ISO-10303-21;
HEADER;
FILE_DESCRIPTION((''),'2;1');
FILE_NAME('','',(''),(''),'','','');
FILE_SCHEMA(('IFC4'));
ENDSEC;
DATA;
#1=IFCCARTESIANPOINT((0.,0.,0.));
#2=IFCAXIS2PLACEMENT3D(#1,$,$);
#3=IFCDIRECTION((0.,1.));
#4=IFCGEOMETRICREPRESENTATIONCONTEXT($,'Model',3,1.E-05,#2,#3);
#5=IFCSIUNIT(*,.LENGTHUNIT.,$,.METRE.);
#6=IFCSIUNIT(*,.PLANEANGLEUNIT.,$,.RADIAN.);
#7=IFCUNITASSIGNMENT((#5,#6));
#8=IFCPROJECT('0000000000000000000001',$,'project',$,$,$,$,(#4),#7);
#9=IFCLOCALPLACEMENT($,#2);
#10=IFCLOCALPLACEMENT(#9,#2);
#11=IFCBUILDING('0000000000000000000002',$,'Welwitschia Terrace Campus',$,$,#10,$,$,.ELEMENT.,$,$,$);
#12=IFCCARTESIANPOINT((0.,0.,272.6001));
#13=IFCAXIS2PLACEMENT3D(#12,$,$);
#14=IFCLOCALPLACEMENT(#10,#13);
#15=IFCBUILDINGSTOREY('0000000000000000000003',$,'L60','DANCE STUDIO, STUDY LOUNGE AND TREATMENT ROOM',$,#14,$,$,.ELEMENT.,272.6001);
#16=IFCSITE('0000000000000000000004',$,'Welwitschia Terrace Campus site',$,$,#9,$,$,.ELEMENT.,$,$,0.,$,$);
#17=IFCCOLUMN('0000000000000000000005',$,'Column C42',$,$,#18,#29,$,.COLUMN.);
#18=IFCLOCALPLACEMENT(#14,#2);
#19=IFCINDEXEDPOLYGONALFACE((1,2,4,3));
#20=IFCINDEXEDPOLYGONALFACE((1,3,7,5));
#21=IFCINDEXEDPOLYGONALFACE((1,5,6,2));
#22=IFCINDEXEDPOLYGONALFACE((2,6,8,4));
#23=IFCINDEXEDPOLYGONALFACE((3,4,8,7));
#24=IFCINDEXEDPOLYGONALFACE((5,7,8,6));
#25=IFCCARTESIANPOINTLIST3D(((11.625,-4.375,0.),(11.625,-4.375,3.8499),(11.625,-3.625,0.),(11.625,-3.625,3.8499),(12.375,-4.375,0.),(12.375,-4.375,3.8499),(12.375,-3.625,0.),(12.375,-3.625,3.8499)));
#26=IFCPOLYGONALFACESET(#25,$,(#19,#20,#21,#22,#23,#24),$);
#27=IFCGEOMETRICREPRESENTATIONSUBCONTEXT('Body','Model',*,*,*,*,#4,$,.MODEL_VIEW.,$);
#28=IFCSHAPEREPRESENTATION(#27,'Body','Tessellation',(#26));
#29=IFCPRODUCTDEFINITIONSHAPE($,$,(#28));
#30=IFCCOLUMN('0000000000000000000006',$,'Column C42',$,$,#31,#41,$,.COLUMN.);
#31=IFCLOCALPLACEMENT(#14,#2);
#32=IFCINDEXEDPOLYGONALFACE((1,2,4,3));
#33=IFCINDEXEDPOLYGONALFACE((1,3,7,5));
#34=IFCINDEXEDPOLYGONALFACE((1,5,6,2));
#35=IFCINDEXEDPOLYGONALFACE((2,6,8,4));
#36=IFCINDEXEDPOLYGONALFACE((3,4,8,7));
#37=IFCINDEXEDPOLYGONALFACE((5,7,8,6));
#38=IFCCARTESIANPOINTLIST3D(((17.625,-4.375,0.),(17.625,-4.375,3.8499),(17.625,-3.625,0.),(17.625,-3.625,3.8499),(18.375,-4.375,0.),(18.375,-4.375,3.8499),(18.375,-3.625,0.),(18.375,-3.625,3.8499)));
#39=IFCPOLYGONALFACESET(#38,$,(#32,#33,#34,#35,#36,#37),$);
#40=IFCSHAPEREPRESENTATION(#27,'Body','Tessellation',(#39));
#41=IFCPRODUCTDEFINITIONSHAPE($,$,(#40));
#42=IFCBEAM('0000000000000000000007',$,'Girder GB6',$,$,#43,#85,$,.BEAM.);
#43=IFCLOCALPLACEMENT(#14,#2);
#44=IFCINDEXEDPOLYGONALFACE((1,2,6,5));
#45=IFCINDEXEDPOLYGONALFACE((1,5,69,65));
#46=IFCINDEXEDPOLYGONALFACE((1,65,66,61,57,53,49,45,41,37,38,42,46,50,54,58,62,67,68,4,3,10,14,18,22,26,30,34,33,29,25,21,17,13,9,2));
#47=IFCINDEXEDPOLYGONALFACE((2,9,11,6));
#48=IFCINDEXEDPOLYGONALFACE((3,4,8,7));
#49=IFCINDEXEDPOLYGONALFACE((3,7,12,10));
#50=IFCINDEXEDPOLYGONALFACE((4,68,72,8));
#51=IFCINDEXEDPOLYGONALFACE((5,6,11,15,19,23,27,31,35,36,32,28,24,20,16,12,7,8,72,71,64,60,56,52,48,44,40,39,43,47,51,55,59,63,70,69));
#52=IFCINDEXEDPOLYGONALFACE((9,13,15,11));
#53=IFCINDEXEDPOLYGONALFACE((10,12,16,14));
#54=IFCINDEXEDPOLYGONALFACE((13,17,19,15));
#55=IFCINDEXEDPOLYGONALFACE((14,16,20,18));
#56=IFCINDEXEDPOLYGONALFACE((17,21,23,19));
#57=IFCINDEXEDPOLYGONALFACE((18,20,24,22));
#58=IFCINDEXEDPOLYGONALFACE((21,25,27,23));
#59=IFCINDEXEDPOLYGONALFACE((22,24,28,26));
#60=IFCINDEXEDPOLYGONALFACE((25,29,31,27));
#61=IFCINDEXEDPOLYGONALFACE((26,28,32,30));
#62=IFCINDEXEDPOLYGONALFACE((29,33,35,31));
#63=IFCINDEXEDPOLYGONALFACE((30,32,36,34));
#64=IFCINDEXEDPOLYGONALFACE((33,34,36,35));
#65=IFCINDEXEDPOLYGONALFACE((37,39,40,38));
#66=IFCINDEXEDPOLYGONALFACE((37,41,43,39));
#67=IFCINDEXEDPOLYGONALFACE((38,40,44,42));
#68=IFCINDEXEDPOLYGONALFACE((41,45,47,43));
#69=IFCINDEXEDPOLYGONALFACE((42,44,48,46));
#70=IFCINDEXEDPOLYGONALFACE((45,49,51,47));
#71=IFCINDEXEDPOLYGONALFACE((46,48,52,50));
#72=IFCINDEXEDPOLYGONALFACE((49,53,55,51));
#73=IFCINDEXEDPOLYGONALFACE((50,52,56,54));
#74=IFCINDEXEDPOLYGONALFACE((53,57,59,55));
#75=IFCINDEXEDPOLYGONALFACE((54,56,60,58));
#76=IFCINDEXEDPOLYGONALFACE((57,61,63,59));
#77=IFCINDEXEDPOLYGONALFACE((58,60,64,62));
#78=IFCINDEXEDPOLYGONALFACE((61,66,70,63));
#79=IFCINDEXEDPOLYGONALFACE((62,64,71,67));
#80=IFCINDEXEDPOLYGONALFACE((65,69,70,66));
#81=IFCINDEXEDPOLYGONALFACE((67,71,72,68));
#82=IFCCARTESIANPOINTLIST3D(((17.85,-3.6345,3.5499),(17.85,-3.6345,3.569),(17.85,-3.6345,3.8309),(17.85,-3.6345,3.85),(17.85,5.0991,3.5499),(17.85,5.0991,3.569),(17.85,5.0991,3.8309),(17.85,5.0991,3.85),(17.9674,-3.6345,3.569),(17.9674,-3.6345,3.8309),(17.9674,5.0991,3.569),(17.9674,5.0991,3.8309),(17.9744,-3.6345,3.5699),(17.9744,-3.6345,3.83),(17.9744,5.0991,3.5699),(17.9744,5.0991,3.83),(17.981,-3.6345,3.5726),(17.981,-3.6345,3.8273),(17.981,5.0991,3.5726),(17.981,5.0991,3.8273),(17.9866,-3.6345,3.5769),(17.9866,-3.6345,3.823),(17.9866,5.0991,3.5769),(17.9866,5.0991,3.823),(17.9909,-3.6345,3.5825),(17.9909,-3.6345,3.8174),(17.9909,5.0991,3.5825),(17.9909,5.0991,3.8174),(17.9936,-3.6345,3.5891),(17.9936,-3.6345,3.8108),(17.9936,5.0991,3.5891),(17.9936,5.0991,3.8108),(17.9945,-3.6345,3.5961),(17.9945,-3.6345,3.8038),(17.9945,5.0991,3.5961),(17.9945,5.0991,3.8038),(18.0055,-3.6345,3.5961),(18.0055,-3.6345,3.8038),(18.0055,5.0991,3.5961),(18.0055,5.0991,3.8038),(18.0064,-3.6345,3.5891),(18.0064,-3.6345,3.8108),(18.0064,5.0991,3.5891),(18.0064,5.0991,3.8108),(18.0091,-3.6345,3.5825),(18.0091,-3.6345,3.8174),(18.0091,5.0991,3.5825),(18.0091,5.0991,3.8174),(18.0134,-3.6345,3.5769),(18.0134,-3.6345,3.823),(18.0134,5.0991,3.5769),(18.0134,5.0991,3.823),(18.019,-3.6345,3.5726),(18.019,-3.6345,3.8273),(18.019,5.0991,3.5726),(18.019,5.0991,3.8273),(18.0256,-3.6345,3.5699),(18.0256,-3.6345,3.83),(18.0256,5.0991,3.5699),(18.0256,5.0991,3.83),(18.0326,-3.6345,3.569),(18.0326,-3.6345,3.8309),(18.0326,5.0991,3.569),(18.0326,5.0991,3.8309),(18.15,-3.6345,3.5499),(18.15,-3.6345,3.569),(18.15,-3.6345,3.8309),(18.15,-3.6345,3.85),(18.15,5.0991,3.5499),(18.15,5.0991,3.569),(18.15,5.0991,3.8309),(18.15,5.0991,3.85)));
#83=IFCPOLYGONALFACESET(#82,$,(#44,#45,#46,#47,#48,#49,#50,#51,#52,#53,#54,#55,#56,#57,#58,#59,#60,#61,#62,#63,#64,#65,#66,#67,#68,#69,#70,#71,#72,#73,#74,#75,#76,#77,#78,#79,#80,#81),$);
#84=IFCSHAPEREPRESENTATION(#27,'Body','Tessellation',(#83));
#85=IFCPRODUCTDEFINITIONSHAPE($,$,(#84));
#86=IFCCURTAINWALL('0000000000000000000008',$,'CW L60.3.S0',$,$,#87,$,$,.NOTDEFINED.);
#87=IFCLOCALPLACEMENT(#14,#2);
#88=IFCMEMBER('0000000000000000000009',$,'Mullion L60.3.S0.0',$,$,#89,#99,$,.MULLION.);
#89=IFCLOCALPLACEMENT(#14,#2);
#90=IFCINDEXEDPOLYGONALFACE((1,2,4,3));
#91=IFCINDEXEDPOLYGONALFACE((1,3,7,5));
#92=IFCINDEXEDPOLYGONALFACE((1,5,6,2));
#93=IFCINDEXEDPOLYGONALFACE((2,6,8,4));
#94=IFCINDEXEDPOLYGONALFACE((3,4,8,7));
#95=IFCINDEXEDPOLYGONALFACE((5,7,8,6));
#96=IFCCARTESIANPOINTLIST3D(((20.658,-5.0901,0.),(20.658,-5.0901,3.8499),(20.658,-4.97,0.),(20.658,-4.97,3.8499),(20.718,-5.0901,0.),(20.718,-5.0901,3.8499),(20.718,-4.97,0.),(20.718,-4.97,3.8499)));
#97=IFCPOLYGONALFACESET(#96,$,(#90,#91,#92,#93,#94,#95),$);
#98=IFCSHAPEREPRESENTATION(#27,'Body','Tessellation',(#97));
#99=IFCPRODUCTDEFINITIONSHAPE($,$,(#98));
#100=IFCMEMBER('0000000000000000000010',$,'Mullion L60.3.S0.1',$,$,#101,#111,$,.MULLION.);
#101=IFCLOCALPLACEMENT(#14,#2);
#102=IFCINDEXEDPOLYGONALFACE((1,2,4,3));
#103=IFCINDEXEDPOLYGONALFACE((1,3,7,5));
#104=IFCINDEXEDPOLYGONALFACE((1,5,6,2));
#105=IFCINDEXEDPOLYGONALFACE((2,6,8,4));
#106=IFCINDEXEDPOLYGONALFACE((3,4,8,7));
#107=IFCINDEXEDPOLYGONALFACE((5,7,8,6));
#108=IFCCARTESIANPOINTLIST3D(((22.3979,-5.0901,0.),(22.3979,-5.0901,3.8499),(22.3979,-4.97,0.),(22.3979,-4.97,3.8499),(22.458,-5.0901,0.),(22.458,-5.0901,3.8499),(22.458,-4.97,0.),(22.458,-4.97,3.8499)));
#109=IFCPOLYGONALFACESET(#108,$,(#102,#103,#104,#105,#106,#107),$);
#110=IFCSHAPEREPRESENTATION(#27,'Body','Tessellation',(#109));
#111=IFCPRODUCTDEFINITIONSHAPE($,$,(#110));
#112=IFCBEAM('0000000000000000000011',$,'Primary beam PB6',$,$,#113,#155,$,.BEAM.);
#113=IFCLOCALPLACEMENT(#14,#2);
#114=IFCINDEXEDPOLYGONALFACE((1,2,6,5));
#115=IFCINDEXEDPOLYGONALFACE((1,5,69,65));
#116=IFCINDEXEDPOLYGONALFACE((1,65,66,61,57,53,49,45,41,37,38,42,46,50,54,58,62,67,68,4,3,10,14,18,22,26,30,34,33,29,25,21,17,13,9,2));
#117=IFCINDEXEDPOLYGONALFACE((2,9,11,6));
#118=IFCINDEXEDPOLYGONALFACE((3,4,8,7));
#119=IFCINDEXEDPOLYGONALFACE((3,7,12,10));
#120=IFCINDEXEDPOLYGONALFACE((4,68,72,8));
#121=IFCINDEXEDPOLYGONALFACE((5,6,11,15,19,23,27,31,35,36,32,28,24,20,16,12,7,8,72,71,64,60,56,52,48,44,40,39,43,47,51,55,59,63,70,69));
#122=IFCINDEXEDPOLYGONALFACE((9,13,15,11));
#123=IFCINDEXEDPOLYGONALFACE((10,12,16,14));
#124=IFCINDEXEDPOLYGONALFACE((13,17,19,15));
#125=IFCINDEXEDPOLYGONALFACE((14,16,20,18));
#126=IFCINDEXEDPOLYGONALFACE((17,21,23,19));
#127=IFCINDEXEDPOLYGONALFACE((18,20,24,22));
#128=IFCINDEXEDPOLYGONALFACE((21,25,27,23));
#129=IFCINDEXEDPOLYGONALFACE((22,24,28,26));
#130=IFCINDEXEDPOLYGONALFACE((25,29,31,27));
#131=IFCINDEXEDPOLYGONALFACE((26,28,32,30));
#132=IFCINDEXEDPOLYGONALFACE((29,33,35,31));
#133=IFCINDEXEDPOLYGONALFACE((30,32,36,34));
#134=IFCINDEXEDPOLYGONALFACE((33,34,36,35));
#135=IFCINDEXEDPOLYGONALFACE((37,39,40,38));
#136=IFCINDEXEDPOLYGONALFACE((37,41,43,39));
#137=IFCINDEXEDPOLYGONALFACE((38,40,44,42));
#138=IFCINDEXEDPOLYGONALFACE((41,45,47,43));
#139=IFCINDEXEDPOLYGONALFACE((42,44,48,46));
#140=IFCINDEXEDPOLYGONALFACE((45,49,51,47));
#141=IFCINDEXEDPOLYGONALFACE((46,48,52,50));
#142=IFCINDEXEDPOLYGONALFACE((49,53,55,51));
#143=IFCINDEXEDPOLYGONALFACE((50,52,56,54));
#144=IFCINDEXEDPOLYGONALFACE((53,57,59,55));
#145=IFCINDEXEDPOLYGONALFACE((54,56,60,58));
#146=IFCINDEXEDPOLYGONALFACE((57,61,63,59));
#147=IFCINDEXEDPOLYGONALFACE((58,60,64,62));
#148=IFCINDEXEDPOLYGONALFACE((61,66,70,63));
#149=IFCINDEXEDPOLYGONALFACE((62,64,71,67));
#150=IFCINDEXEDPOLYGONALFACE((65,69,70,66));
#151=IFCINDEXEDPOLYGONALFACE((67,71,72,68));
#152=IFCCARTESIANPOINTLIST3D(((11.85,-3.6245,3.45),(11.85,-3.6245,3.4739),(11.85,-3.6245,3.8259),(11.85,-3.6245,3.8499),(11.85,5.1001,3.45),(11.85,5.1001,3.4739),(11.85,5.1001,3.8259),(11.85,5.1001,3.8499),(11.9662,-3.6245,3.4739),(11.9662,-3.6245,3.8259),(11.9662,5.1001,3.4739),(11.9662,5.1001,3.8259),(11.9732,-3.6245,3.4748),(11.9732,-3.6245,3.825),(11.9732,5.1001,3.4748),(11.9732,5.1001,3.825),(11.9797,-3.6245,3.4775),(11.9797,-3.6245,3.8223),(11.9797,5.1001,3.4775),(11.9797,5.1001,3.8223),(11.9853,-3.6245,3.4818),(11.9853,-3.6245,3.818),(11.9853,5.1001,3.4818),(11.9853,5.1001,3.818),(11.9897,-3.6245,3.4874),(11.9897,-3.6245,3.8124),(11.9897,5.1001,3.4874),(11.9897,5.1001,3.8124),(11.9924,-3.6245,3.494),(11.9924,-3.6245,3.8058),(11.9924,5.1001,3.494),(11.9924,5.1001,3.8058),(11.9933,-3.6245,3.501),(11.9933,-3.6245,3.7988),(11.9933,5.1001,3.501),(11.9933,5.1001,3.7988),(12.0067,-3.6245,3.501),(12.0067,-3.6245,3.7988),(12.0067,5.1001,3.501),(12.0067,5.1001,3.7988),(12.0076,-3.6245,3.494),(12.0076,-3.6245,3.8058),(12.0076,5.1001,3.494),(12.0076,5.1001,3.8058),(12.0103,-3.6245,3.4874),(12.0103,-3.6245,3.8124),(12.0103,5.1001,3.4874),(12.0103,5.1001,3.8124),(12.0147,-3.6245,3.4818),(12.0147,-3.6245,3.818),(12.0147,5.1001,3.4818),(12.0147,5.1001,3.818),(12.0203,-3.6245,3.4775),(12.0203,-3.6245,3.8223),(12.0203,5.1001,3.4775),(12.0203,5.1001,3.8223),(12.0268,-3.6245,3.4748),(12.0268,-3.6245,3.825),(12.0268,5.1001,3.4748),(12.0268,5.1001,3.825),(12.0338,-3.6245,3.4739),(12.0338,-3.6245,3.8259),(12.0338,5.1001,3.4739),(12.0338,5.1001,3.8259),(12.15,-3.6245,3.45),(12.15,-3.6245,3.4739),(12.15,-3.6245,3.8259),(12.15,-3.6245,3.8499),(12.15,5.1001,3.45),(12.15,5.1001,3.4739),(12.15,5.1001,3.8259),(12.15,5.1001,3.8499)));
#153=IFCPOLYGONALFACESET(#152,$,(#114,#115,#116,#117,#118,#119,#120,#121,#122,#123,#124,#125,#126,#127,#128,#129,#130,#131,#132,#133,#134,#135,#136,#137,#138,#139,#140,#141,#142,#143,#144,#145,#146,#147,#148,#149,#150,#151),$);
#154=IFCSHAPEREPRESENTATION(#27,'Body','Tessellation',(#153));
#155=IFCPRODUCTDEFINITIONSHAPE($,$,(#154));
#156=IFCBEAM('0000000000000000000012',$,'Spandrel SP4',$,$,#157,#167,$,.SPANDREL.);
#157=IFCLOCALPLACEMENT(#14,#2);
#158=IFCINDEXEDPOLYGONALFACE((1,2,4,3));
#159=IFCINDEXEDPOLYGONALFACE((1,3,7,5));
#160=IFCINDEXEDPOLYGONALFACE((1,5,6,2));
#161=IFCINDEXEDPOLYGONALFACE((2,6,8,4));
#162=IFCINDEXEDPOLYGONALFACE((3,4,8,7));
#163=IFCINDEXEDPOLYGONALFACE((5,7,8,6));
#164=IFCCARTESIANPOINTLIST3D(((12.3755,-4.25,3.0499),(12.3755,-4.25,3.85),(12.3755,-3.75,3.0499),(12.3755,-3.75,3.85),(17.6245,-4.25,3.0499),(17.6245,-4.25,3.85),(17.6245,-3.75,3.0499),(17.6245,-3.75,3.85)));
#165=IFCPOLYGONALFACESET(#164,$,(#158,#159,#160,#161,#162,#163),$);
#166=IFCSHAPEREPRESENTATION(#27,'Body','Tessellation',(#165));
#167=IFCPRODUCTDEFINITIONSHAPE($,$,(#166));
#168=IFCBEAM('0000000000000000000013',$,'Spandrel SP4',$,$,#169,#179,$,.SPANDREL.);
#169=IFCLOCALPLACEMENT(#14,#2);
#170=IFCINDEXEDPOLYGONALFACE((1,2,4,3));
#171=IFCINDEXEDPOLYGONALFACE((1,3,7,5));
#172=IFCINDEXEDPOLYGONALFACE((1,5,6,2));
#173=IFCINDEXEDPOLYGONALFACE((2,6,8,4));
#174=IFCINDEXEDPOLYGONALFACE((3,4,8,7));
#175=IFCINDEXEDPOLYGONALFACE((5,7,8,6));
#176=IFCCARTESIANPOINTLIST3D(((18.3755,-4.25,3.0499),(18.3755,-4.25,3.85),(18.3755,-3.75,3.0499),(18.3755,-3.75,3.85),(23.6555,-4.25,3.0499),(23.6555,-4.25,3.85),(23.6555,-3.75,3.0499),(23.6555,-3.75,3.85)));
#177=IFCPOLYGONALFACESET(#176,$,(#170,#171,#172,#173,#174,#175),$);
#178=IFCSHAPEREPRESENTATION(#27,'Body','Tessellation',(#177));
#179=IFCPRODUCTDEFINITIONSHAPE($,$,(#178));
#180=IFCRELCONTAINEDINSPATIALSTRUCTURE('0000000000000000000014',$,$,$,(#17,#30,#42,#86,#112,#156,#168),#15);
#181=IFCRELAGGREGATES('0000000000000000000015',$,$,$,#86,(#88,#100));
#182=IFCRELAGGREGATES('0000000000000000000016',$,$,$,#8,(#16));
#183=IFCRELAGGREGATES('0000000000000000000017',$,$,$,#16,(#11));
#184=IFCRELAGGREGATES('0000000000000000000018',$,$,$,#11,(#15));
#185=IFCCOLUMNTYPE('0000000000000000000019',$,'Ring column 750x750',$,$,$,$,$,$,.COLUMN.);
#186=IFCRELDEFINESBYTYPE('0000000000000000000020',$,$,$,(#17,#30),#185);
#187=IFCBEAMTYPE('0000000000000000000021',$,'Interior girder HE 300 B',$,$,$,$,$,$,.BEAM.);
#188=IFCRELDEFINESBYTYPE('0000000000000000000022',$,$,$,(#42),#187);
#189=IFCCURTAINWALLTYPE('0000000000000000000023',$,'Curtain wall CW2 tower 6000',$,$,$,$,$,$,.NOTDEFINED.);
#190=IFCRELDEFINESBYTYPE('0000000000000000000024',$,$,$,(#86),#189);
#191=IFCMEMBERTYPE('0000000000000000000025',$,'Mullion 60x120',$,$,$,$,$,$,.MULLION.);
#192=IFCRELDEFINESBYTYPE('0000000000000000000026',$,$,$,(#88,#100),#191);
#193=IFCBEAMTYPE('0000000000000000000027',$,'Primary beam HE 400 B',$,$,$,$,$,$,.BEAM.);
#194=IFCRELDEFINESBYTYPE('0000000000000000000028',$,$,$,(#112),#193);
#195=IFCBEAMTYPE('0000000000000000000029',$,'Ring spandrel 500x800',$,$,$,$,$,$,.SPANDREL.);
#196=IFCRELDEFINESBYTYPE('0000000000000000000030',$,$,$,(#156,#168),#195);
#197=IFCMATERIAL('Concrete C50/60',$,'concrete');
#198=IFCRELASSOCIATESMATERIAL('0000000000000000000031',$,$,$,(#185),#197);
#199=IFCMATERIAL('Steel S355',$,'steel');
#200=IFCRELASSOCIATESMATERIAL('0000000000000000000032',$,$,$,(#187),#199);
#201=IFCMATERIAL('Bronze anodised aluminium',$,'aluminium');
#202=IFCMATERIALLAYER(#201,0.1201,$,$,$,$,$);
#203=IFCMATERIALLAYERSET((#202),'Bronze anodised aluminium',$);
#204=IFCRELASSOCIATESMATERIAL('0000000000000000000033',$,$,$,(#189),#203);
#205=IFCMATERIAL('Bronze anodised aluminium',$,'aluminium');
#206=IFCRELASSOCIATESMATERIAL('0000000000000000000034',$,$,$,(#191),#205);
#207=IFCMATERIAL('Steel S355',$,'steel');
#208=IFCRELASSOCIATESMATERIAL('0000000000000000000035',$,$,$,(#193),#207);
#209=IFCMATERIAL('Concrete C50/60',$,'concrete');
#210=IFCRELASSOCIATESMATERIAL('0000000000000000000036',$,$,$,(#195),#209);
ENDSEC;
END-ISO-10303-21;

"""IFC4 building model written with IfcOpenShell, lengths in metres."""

from ifc_helpers import new_model, si_unit, direction, frame, origin, origin_2d, place, context, subcontext, project, spatial, rectangle, i_section, extrude, material, layer, layer_set, material_profile, profile_set, type_object, element, aggregate, save


model = new_model("IFC4")

# Units and contexts
model_context = context("Model", 3, precision=1e-05, world=origin(), true_north=direction((0.0, 1.0)))
body_context = subcontext(model_context, "Body", "Model", "MODEL_VIEW")
ifc_project = project(units=[si_unit("LENGTHUNIT", "METRE"), si_unit("PLANEANGLEUNIT", "RADIAN")], contexts=[model_context])

# Site, building, storey
site_placement = place(None, origin())
site = spatial("IfcSite", under=ifc_project, at=site_placement, Name="Welwitschia Terrace Campus site", CompositionType="ELEMENT", RefElevation=0.0)
building_placement = place(site_placement, origin())
building = spatial("IfcBuilding", under=site, at=building_placement, Name="Welwitschia Terrace Campus", CompositionType="ELEMENT")
storey_placement = place(building_placement, frame((0.0, 0.0, 272.6001)))
storey = spatial("IfcBuildingStorey", under=building, at=storey_placement, Name="L60", Description="DANCE STUDIO, STUDY LOUNGE AND TREATMENT ROOM", CompositionType="ELEMENT", Elevation=272.6001)

# Columns
ifc_material_1 = material(Name="Concrete C50/60", Category="concrete")
ifc_material_profile_1 = material_profile(ifc_material_1, rectangle(XDim=0.75, YDim=0.75, at=origin_2d()))
ifc_profile_set_1 = profile_set([ifc_material_profile_1], Name="Concrete C50/60")
column_type = type_object("IfcColumnType", Name="Ring column 750x750", PredefinedType="COLUMN", material=ifc_profile_set_1)
for number, where, z_axis, x_axis, name in (
    (1, (12.0, -4.0, 0.0), (0.0, 0.0, 1.0), (1.0, 0.0, 0.0), "Column C42"),
    (2, (18.0, -4.0, 0.0), (0.0, 0.0, 1.0), (1.0, 0.0, 0.0), "Column C42"),
):
    element("IfcColumn", number, at=place(storey_placement, frame(where, z_axis=z_axis, x_axis=x_axis)), inside=storey, type_object=column_type, Name=name, PredefinedType="COLUMN", context=body_context, shape_type="SweptSolid", body=[
        extrude(rectangle(XDim=0.75, YDim=0.75, at=origin_2d()), origin(), (0.0, 0.0, 1.0), 3.8499),
    ])

# Beam
ifc_material_2 = material(Name="Steel S355", Category="steel")
ifc_material_profile_2 = material_profile(ifc_material_2, i_section(OverallWidth=0.3, OverallDepth=0.3, WebThickness=0.011, FlangeThickness=0.019, FilletRadius=0.0271, at=origin_2d()))
ifc_profile_set_2 = profile_set([ifc_material_profile_2], Name="Steel S355")
beam_type_1 = type_object("IfcBeamType", Name="Interior girder HE 300 B", PredefinedType="BEAM", material=ifc_profile_set_2)
beam_1_placement = place(storey_placement, frame((18.0, -3.6345, 3.7), z_axis=(0.0, 1.0, 0.0), x_axis=(-1.0, 0.0, 0.0)))
element("IfcBeam", 3, at=beam_1_placement, inside=storey, type_object=beam_type_1, Name="Girder GB6", PredefinedType="BEAM", context=body_context, shape_type="SweptSolid", body=[
    extrude(i_section(OverallWidth=0.3, OverallDepth=0.3, WebThickness=0.011, FlangeThickness=0.019, FilletRadius=0.0271, at=origin_2d()), origin(), (0.0, 0.0, 1.0), 8.7336),
])

# Curtain wall, members
ifc_material_3 = material(Name="Bronze anodised aluminium", Category="aluminium")
ifc_layer_1 = layer(ifc_material_3, 0.1201)
ifc_layer_set_1 = layer_set([ifc_layer_1], Name="Bronze anodised aluminium")
curtain_wall_type = type_object("IfcCurtainWallType", Name="Curtain wall CW2 tower 6000", PredefinedType="NOTDEFINED", material=ifc_layer_set_1)
curtain_wall_placement = place(storey_placement, origin())
curtain_wall = element("IfcCurtainWall", 4, at=curtain_wall_placement, inside=storey, type_object=curtain_wall_type, Name="CW L60.3.S0", PredefinedType="NOTDEFINED")
ifc_material_4 = material(Name="Bronze anodised aluminium", Category="aluminium")
ifc_material_profile_3 = material_profile(ifc_material_4, rectangle(XDim=0.1201, YDim=0.0601, at=origin_2d()))
ifc_profile_set_3 = profile_set([ifc_material_profile_3], Name="Bronze anodised aluminium")
member_type_1 = type_object("IfcMemberType", Name="Mullion 60x120", PredefinedType="MULLION", material=ifc_profile_set_3)
member_1_placement = place(storey_placement, frame((20.688, -5.03, 0.0), z_axis=(0.0, 0.0, 1.0), x_axis=(0.0, 1.0, 0.0)))
member_1 = element("IfcMember", 5, at=member_1_placement, type_object=member_type_1, Name="Mullion L60.3.S0.0", PredefinedType="MULLION", context=body_context, shape_type="SweptSolid", body=[
    extrude(rectangle(XDim=0.1201, YDim=0.0601, at=origin_2d()), origin(), (0.0, 0.0, 1.0), 3.8499),
])
member_2_placement = place(storey_placement, frame((22.428, -5.03, 0.0), z_axis=(0.0, 0.0, 1.0), x_axis=(0.0, 1.0, 0.0)))
member_2 = element("IfcMember", 6, at=member_2_placement, type_object=member_type_1, Name="Mullion L60.3.S0.1", PredefinedType="MULLION", context=body_context, shape_type="SweptSolid", body=[
    extrude(rectangle(XDim=0.1201, YDim=0.0601, at=origin_2d()), origin(), (0.0, 0.0, 1.0), 3.8499),
])

# Beams
ifc_material_5 = material(Name="Steel S355", Category="steel")
ifc_material_profile_4 = material_profile(ifc_material_5, i_section(OverallWidth=0.3, OverallDepth=0.3999, WebThickness=0.0134, FlangeThickness=0.0239, FilletRadius=0.0271, at=origin_2d()))
ifc_profile_set_4 = profile_set([ifc_material_profile_4], Name="Steel S355")
beam_type_2 = type_object("IfcBeamType", Name="Primary beam HE 400 B", PredefinedType="BEAM", material=ifc_profile_set_4)
beam_2_placement = place(storey_placement, frame((12.0, -3.6245, 3.6499), z_axis=(0.0, 1.0, 0.0), x_axis=(-1.0, 0.0, 0.0)))
element("IfcBeam", 7, at=beam_2_placement, inside=storey, type_object=beam_type_2, Name="Primary beam PB6", PredefinedType="BEAM", context=body_context, shape_type="SweptSolid", body=[
    extrude(i_section(OverallWidth=0.3, OverallDepth=0.3999, WebThickness=0.0134, FlangeThickness=0.0239, FilletRadius=0.0271, at=origin_2d()), origin(), (0.0, 0.0, 1.0), 8.7246),
])
ifc_material_6 = material(Name="Concrete C50/60", Category="concrete")
ifc_material_profile_5 = material_profile(ifc_material_6, rectangle(XDim=0.5, YDim=0.8, at=origin_2d()))
ifc_profile_set_5 = profile_set([ifc_material_profile_5], Name="Concrete C50/60")
beam_type_3 = type_object("IfcBeamType", Name="Ring spandrel 500x800", PredefinedType="SPANDREL", material=ifc_profile_set_5)
beam_3_placement = place(storey_placement, frame((12.3755, -4.0, 3.45), z_axis=(1.0, 0.0, 0.0), x_axis=(0.0, 1.0, 0.0)))
element("IfcBeam", 8, at=beam_3_placement, inside=storey, type_object=beam_type_3, Name="Spandrel SP4", PredefinedType="SPANDREL", context=body_context, shape_type="SweptSolid", body=[
    extrude(rectangle(XDim=0.5, YDim=0.8, at=origin_2d()), origin(), (0.0, 0.0, 1.0), 5.249),
])
beam_4_placement = place(storey_placement, frame((18.3755, -4.0, 3.45), z_axis=(1.0, 0.0, 0.0), x_axis=(0.0, 1.0, 0.0)))
element("IfcBeam", 9, at=beam_4_placement, inside=storey, type_object=beam_type_3, Name="Spandrel SP4", PredefinedType="SPANDREL", context=body_context, shape_type="SweptSolid", body=[
    extrude(rectangle(XDim=0.5, YDim=0.8, at=origin_2d()), origin(), (0.0, 0.0, 1.0), 5.28),
])

aggregate(curtain_wall, [member_1, member_2])

save(model, "model.ifc")
